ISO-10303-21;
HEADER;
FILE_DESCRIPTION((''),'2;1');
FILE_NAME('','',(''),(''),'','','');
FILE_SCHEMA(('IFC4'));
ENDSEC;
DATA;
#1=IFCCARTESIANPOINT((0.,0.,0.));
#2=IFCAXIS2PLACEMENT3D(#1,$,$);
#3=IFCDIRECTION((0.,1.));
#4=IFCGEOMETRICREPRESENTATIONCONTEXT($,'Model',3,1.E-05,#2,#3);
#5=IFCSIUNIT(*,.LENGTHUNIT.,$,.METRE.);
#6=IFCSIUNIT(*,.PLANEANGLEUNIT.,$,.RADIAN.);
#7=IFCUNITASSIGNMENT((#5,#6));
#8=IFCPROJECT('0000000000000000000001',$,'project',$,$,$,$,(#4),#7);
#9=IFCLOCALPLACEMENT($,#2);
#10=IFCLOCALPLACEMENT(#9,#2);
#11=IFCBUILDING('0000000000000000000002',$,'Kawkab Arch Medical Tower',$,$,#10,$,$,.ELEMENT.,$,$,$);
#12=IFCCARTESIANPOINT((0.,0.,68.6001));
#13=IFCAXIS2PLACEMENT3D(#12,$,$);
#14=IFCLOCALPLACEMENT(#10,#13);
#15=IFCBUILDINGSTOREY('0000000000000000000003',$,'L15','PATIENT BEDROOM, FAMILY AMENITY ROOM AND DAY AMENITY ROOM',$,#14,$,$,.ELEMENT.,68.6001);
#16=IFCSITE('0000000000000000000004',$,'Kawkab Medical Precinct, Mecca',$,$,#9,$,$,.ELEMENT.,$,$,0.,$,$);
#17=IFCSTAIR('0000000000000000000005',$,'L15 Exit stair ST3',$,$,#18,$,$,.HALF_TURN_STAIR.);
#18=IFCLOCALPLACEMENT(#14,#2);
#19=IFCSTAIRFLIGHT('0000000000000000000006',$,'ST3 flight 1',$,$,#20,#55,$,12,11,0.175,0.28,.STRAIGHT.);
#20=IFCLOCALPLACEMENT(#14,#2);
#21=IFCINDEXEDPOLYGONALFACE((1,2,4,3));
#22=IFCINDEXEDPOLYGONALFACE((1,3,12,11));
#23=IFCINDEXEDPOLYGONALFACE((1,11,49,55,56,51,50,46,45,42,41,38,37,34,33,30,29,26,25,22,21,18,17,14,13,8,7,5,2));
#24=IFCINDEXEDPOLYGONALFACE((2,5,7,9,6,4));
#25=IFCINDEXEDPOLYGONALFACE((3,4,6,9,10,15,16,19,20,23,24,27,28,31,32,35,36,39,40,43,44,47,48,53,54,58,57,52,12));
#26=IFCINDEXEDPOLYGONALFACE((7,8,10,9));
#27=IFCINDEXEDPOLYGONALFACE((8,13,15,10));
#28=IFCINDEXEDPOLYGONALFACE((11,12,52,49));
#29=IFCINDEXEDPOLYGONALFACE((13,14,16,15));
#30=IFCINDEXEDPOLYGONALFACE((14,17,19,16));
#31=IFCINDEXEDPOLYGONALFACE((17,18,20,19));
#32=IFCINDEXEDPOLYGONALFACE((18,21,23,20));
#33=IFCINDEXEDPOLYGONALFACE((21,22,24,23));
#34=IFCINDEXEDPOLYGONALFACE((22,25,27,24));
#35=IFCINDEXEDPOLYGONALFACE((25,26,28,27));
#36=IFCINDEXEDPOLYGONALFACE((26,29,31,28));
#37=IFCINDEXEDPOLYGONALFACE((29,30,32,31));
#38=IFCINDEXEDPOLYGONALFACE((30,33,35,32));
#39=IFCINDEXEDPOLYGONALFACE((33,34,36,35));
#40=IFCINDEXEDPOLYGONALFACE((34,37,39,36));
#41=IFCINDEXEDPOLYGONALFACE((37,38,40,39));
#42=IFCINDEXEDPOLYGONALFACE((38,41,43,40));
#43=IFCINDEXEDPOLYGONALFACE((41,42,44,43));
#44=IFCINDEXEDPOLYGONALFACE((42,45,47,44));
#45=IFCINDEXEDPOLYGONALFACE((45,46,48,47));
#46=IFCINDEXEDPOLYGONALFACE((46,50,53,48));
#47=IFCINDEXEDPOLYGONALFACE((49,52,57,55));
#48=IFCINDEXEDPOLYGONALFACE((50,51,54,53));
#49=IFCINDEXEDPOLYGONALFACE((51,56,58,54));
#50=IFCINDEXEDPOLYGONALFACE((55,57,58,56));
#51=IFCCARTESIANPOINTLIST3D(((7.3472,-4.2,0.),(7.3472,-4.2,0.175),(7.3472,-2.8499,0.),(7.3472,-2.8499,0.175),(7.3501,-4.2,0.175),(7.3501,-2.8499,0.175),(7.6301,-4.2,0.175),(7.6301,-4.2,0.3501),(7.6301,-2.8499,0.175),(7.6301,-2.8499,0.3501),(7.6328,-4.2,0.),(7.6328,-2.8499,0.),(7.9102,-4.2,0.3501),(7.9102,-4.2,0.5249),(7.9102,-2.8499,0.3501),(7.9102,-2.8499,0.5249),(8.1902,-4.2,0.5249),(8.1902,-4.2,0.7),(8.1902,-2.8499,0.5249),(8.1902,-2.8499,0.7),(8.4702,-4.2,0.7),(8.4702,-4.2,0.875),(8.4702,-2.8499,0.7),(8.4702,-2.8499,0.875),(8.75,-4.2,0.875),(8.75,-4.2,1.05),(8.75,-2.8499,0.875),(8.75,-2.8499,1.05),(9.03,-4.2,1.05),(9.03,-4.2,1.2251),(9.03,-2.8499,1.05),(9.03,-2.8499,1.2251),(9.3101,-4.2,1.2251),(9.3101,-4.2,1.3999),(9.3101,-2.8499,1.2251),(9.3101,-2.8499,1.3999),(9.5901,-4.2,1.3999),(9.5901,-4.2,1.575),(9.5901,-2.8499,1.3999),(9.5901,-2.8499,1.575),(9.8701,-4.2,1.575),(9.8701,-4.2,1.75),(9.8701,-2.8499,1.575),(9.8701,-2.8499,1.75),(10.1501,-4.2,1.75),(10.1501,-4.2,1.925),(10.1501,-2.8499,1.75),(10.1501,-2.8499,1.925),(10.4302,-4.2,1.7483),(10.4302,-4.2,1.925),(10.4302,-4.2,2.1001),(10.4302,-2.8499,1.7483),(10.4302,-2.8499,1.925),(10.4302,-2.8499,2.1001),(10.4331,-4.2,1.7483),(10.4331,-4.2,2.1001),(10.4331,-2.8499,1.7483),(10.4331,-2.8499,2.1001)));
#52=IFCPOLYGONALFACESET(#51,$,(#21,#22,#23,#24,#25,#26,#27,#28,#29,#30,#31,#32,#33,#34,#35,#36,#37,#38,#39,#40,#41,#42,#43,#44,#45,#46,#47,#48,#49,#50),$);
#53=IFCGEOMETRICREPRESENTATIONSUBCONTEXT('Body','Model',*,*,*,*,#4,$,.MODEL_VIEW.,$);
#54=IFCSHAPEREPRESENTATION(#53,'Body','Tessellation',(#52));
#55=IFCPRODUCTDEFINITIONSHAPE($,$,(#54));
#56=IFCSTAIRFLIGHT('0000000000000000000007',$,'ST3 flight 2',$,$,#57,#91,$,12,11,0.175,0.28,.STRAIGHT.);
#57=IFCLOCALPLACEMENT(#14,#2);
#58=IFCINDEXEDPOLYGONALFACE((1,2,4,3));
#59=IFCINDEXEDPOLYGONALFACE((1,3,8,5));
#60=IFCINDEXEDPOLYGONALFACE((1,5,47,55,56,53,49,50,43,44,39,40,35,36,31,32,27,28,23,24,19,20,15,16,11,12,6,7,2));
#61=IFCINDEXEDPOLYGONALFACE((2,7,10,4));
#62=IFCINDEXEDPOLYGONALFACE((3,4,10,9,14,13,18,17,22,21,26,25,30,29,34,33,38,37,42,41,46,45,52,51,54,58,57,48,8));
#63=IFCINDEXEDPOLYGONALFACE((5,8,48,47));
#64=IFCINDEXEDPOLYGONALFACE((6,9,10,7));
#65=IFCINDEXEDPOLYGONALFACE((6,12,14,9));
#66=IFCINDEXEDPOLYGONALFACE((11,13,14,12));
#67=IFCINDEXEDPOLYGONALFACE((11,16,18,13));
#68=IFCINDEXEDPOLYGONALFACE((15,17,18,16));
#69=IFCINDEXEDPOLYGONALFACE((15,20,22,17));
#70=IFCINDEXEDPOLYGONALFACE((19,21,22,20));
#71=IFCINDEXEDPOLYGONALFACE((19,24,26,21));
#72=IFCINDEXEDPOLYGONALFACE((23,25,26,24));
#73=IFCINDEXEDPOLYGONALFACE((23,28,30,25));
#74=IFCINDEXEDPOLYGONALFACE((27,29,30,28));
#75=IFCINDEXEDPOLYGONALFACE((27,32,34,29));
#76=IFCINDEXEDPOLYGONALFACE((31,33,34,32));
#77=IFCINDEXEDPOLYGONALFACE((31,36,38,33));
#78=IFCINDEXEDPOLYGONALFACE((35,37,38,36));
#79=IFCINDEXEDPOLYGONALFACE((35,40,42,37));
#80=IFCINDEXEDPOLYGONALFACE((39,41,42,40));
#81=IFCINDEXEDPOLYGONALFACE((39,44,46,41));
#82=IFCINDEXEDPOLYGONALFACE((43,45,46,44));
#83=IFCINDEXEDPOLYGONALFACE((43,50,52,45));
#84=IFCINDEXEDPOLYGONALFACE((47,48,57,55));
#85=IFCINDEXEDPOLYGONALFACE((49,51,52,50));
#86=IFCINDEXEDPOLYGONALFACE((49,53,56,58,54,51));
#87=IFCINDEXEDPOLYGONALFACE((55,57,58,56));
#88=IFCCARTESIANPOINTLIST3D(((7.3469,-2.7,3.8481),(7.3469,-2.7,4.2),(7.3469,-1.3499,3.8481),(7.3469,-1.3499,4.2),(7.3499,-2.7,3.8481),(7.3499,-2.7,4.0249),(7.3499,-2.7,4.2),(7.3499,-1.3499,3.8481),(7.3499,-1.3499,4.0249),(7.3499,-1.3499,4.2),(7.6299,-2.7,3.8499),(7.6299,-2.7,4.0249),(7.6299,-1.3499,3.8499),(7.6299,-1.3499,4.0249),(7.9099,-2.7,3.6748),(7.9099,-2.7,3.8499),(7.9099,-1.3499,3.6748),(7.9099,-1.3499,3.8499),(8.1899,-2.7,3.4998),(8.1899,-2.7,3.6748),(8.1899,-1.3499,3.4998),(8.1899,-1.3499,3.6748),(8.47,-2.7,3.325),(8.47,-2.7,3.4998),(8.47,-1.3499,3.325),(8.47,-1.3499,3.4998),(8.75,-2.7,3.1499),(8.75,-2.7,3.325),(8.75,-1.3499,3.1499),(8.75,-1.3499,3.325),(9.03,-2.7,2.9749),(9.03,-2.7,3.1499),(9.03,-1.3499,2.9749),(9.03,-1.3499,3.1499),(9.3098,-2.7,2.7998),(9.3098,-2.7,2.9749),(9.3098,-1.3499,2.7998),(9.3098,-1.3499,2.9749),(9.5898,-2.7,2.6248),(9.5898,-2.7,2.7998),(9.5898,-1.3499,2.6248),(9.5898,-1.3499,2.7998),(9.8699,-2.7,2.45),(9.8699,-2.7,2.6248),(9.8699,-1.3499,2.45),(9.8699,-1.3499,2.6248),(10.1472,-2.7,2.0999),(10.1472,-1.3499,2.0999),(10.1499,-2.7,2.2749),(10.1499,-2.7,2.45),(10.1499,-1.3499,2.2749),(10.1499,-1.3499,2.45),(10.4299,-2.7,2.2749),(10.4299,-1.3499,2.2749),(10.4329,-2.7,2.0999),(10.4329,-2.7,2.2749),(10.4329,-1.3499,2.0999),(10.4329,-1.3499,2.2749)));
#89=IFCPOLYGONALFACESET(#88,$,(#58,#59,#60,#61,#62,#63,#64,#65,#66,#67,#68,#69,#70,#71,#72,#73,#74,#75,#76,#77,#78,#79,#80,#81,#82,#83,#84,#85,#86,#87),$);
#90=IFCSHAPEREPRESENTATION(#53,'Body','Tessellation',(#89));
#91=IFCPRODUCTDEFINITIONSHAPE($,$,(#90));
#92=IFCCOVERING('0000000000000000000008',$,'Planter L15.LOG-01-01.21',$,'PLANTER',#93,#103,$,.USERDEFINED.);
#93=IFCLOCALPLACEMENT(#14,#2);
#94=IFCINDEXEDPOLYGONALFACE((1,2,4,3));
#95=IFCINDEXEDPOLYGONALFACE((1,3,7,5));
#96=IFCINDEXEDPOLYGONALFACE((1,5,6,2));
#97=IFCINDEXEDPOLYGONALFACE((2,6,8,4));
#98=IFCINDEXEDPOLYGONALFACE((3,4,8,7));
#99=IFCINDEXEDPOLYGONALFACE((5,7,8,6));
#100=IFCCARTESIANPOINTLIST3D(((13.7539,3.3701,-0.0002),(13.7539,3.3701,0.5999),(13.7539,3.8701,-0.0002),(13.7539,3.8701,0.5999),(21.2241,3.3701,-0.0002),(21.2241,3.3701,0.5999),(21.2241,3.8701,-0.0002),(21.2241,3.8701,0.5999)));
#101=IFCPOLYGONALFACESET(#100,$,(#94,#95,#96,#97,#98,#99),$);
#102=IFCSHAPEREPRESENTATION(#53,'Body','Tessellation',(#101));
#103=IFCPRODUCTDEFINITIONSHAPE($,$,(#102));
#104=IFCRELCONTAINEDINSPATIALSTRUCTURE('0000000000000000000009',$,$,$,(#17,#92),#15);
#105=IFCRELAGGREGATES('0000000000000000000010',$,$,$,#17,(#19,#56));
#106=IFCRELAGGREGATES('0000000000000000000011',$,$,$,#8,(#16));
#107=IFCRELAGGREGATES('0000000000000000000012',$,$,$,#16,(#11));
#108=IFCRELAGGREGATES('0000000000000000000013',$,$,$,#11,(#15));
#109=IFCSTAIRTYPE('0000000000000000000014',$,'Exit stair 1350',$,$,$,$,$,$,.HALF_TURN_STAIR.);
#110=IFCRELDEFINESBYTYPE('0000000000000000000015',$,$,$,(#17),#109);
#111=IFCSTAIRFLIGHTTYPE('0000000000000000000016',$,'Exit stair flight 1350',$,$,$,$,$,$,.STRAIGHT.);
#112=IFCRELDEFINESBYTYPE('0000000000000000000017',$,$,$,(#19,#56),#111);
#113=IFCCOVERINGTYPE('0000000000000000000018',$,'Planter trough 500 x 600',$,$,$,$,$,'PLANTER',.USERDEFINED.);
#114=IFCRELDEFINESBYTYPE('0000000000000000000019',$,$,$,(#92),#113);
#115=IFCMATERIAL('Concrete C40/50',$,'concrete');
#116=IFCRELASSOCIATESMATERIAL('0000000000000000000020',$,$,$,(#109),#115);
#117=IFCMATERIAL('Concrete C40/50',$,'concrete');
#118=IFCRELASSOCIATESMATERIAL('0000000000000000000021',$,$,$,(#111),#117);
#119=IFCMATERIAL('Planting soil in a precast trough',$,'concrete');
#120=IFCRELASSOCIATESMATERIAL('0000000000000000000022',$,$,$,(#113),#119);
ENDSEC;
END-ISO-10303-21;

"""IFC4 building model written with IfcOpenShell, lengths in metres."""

from ifc_helpers import new_model, si_unit, direction, frame, origin, origin_2d, place, context, subcontext, project, spatial, polyline, rectangle, outline, extrude, material, material_profile, profile_set, type_object, element, aggregate, save


model = new_model("IFC4")

# Units and contexts
model_context = context("Model", 3, precision=1e-05, world=origin(), true_north=direction((0.0, 1.0)))
body_context = subcontext(model_context, "Body", "Model", "MODEL_VIEW")
ifc_project = project(units=[si_unit("LENGTHUNIT", "METRE"), si_unit("PLANEANGLEUNIT", "RADIAN")], contexts=[model_context])

# Site, building, storey
site_placement = place(None, origin())
site = spatial("IfcSite", under=ifc_project, at=site_placement, Name="Kawkab Medical Precinct, Mecca", CompositionType="ELEMENT", RefElevation=0.0)
building_placement = place(site_placement, origin())
building = spatial("IfcBuilding", under=site, at=building_placement, Name="Kawkab Arch Medical Tower", CompositionType="ELEMENT")
storey_placement = place(building_placement, frame((0.0, 0.0, 68.6001)))
storey = spatial("IfcBuildingStorey", under=building, at=storey_placement, Name="L15", Description="PATIENT BEDROOM, FAMILY AMENITY ROOM AND DAY AMENITY ROOM", CompositionType="ELEMENT", Elevation=68.6001)

# Shared definitions
placement = place(storey_placement, origin())

# Stair, stair flights
ifc_material_1 = material(Name="Concrete C40/50", Category="concrete")
stair_type = type_object("IfcStairType", Name="Exit stair 1350", PredefinedType="HALF_TURN_STAIR", material=ifc_material_1)
stair = element("IfcStair", 1, at=placement, inside=storey, type_object=stair_type, Name="L15 Exit stair ST3", PredefinedType="HALF_TURN_STAIR")
ifc_material_2 = material(Name="Concrete C40/50", Category="concrete")
stair_flight_type = type_object("IfcStairFlightType", Name="Exit stair flight 1350", PredefinedType="STRAIGHT", material=ifc_material_2)
stair_flight_1_placement = place(storey_placement, frame((7.3501, -3.5249, 0.0), z_axis=(0.0, 0.0, 1.0), x_axis=(1.0, 0.0, 0.0)))
stair_flight_1 = element("IfcStairFlight", 2, at=stair_flight_1_placement, type_object=stair_flight_type, Name="ST3 flight 1", NumberOfRisers=12, NumberOfTreads=11, PredefinedType="STRAIGHT", RiserHeight=0.175, TreadLength=0.28, context=body_context, shape_type="SweptSolid", body=[
    extrude(outline(polyline([(-0.0029, 0.0), (-0.0029, 0.175), (0.0, 0.175), (0.28, 0.175), (0.28, 0.3501), (0.5601, 0.3501), (0.5601, 0.5249), (0.8401, 0.5249), (0.8401, 0.7), (1.1201, 0.7), (1.1201, 0.875), (1.3999, 0.875), (1.3999, 1.05), (1.6799, 1.05), (1.6799, 1.2251), (1.96, 1.2251), (1.96, 1.3999), (2.24, 1.3999), (2.24, 1.575), (2.52, 1.575), (2.52, 1.75), (2.8, 1.75), (2.8, 1.925), (3.0801, 1.925), (3.0801, 2.1001), (3.083, 2.1001), (3.083, 1.7483), (3.0801, 1.7483), (0.2827, 0.0), (-0.0029, 0.0)])), frame((0.0, 0.675, 0.0), z_axis=(0.0, -1.0, 0.0), x_axis=(1.0, 0.0, 0.0)), (0.0, 0.0, 1.0), 1.3501),
])
stair_flight_2_placement = place(storey_placement, frame((10.4299, -2.0249, 2.0999), z_axis=(0.0, 0.0, 1.0), x_axis=(-1.0, 0.0, 0.0)))
stair_flight_2 = element("IfcStairFlight", 3, at=stair_flight_2_placement, type_object=stair_flight_type, Name="ST3 flight 2", NumberOfRisers=12, NumberOfTreads=11, PredefinedType="STRAIGHT", RiserHeight=0.175, TreadLength=0.28, context=body_context, shape_type="SweptSolid", body=[
    extrude(outline(polyline([(-0.0029, 0.0), (-0.0029, 0.175), (0.0, 0.175), (0.28, 0.175), (0.28, 0.3501), (0.5601, 0.3501), (0.5601, 0.5249), (0.8401, 0.5249), (0.8401, 0.7), (1.1201, 0.7), (1.1201, 0.875), (1.3999, 0.875), (1.3999, 1.05), (1.6799, 1.05), (1.6799, 1.2251), (1.96, 1.2251), (1.96, 1.3999), (2.24, 1.3999), (2.24, 1.575), (2.52, 1.575), (2.52, 1.75), (2.8, 1.75), (2.8, 1.925), (3.0801, 1.925), (3.0801, 2.1001), (3.083, 2.1001), (3.083, 1.7483), (3.0801, 1.7483), (0.2827, 0.0), (-0.0029, 0.0)])), frame((0.0, 0.675, 0.0), z_axis=(0.0, -1.0, 0.0), x_axis=(1.0, 0.0, 0.0)), (0.0, 0.0, 1.0), 1.3501),
])
aggregate(stair, [stair_flight_1, stair_flight_2])

# Covering
ifc_material_3 = material(Name="Planting soil in a precast trough", Category="concrete")
ifc_material_profile_1 = material_profile(ifc_material_3, rectangle(XDim=0.5, YDim=0.6001, at=origin_2d()), Name="Trough 500x600")
ifc_profile_set_1 = profile_set([ifc_material_profile_1], Name="Planting soil in a precast trough")
covering_type = type_object("IfcCoveringType", Name="Planter trough 500 x 600", ElementType="PLANTER", PredefinedType="USERDEFINED", material=ifc_profile_set_1)
covering_placement = place(storey_placement, frame((13.7539, 3.6201, 0.2998), z_axis=(1.0, 0.0, 0.0), x_axis=(0.0, 1.0, 0.0)))
element("IfcCovering", 4, at=covering_placement, inside=storey, type_object=covering_type, Name="Planter L15.LOG-01-01.21", ObjectType="PLANTER", PredefinedType="USERDEFINED", context=body_context, shape_type="SweptSolid", body=[
    extrude(rectangle(XDim=0.5, YDim=0.6001, at=origin_2d()), origin(), (0.0, 0.0, 1.0), 7.4702),
])

save(model, "model.ifc")
